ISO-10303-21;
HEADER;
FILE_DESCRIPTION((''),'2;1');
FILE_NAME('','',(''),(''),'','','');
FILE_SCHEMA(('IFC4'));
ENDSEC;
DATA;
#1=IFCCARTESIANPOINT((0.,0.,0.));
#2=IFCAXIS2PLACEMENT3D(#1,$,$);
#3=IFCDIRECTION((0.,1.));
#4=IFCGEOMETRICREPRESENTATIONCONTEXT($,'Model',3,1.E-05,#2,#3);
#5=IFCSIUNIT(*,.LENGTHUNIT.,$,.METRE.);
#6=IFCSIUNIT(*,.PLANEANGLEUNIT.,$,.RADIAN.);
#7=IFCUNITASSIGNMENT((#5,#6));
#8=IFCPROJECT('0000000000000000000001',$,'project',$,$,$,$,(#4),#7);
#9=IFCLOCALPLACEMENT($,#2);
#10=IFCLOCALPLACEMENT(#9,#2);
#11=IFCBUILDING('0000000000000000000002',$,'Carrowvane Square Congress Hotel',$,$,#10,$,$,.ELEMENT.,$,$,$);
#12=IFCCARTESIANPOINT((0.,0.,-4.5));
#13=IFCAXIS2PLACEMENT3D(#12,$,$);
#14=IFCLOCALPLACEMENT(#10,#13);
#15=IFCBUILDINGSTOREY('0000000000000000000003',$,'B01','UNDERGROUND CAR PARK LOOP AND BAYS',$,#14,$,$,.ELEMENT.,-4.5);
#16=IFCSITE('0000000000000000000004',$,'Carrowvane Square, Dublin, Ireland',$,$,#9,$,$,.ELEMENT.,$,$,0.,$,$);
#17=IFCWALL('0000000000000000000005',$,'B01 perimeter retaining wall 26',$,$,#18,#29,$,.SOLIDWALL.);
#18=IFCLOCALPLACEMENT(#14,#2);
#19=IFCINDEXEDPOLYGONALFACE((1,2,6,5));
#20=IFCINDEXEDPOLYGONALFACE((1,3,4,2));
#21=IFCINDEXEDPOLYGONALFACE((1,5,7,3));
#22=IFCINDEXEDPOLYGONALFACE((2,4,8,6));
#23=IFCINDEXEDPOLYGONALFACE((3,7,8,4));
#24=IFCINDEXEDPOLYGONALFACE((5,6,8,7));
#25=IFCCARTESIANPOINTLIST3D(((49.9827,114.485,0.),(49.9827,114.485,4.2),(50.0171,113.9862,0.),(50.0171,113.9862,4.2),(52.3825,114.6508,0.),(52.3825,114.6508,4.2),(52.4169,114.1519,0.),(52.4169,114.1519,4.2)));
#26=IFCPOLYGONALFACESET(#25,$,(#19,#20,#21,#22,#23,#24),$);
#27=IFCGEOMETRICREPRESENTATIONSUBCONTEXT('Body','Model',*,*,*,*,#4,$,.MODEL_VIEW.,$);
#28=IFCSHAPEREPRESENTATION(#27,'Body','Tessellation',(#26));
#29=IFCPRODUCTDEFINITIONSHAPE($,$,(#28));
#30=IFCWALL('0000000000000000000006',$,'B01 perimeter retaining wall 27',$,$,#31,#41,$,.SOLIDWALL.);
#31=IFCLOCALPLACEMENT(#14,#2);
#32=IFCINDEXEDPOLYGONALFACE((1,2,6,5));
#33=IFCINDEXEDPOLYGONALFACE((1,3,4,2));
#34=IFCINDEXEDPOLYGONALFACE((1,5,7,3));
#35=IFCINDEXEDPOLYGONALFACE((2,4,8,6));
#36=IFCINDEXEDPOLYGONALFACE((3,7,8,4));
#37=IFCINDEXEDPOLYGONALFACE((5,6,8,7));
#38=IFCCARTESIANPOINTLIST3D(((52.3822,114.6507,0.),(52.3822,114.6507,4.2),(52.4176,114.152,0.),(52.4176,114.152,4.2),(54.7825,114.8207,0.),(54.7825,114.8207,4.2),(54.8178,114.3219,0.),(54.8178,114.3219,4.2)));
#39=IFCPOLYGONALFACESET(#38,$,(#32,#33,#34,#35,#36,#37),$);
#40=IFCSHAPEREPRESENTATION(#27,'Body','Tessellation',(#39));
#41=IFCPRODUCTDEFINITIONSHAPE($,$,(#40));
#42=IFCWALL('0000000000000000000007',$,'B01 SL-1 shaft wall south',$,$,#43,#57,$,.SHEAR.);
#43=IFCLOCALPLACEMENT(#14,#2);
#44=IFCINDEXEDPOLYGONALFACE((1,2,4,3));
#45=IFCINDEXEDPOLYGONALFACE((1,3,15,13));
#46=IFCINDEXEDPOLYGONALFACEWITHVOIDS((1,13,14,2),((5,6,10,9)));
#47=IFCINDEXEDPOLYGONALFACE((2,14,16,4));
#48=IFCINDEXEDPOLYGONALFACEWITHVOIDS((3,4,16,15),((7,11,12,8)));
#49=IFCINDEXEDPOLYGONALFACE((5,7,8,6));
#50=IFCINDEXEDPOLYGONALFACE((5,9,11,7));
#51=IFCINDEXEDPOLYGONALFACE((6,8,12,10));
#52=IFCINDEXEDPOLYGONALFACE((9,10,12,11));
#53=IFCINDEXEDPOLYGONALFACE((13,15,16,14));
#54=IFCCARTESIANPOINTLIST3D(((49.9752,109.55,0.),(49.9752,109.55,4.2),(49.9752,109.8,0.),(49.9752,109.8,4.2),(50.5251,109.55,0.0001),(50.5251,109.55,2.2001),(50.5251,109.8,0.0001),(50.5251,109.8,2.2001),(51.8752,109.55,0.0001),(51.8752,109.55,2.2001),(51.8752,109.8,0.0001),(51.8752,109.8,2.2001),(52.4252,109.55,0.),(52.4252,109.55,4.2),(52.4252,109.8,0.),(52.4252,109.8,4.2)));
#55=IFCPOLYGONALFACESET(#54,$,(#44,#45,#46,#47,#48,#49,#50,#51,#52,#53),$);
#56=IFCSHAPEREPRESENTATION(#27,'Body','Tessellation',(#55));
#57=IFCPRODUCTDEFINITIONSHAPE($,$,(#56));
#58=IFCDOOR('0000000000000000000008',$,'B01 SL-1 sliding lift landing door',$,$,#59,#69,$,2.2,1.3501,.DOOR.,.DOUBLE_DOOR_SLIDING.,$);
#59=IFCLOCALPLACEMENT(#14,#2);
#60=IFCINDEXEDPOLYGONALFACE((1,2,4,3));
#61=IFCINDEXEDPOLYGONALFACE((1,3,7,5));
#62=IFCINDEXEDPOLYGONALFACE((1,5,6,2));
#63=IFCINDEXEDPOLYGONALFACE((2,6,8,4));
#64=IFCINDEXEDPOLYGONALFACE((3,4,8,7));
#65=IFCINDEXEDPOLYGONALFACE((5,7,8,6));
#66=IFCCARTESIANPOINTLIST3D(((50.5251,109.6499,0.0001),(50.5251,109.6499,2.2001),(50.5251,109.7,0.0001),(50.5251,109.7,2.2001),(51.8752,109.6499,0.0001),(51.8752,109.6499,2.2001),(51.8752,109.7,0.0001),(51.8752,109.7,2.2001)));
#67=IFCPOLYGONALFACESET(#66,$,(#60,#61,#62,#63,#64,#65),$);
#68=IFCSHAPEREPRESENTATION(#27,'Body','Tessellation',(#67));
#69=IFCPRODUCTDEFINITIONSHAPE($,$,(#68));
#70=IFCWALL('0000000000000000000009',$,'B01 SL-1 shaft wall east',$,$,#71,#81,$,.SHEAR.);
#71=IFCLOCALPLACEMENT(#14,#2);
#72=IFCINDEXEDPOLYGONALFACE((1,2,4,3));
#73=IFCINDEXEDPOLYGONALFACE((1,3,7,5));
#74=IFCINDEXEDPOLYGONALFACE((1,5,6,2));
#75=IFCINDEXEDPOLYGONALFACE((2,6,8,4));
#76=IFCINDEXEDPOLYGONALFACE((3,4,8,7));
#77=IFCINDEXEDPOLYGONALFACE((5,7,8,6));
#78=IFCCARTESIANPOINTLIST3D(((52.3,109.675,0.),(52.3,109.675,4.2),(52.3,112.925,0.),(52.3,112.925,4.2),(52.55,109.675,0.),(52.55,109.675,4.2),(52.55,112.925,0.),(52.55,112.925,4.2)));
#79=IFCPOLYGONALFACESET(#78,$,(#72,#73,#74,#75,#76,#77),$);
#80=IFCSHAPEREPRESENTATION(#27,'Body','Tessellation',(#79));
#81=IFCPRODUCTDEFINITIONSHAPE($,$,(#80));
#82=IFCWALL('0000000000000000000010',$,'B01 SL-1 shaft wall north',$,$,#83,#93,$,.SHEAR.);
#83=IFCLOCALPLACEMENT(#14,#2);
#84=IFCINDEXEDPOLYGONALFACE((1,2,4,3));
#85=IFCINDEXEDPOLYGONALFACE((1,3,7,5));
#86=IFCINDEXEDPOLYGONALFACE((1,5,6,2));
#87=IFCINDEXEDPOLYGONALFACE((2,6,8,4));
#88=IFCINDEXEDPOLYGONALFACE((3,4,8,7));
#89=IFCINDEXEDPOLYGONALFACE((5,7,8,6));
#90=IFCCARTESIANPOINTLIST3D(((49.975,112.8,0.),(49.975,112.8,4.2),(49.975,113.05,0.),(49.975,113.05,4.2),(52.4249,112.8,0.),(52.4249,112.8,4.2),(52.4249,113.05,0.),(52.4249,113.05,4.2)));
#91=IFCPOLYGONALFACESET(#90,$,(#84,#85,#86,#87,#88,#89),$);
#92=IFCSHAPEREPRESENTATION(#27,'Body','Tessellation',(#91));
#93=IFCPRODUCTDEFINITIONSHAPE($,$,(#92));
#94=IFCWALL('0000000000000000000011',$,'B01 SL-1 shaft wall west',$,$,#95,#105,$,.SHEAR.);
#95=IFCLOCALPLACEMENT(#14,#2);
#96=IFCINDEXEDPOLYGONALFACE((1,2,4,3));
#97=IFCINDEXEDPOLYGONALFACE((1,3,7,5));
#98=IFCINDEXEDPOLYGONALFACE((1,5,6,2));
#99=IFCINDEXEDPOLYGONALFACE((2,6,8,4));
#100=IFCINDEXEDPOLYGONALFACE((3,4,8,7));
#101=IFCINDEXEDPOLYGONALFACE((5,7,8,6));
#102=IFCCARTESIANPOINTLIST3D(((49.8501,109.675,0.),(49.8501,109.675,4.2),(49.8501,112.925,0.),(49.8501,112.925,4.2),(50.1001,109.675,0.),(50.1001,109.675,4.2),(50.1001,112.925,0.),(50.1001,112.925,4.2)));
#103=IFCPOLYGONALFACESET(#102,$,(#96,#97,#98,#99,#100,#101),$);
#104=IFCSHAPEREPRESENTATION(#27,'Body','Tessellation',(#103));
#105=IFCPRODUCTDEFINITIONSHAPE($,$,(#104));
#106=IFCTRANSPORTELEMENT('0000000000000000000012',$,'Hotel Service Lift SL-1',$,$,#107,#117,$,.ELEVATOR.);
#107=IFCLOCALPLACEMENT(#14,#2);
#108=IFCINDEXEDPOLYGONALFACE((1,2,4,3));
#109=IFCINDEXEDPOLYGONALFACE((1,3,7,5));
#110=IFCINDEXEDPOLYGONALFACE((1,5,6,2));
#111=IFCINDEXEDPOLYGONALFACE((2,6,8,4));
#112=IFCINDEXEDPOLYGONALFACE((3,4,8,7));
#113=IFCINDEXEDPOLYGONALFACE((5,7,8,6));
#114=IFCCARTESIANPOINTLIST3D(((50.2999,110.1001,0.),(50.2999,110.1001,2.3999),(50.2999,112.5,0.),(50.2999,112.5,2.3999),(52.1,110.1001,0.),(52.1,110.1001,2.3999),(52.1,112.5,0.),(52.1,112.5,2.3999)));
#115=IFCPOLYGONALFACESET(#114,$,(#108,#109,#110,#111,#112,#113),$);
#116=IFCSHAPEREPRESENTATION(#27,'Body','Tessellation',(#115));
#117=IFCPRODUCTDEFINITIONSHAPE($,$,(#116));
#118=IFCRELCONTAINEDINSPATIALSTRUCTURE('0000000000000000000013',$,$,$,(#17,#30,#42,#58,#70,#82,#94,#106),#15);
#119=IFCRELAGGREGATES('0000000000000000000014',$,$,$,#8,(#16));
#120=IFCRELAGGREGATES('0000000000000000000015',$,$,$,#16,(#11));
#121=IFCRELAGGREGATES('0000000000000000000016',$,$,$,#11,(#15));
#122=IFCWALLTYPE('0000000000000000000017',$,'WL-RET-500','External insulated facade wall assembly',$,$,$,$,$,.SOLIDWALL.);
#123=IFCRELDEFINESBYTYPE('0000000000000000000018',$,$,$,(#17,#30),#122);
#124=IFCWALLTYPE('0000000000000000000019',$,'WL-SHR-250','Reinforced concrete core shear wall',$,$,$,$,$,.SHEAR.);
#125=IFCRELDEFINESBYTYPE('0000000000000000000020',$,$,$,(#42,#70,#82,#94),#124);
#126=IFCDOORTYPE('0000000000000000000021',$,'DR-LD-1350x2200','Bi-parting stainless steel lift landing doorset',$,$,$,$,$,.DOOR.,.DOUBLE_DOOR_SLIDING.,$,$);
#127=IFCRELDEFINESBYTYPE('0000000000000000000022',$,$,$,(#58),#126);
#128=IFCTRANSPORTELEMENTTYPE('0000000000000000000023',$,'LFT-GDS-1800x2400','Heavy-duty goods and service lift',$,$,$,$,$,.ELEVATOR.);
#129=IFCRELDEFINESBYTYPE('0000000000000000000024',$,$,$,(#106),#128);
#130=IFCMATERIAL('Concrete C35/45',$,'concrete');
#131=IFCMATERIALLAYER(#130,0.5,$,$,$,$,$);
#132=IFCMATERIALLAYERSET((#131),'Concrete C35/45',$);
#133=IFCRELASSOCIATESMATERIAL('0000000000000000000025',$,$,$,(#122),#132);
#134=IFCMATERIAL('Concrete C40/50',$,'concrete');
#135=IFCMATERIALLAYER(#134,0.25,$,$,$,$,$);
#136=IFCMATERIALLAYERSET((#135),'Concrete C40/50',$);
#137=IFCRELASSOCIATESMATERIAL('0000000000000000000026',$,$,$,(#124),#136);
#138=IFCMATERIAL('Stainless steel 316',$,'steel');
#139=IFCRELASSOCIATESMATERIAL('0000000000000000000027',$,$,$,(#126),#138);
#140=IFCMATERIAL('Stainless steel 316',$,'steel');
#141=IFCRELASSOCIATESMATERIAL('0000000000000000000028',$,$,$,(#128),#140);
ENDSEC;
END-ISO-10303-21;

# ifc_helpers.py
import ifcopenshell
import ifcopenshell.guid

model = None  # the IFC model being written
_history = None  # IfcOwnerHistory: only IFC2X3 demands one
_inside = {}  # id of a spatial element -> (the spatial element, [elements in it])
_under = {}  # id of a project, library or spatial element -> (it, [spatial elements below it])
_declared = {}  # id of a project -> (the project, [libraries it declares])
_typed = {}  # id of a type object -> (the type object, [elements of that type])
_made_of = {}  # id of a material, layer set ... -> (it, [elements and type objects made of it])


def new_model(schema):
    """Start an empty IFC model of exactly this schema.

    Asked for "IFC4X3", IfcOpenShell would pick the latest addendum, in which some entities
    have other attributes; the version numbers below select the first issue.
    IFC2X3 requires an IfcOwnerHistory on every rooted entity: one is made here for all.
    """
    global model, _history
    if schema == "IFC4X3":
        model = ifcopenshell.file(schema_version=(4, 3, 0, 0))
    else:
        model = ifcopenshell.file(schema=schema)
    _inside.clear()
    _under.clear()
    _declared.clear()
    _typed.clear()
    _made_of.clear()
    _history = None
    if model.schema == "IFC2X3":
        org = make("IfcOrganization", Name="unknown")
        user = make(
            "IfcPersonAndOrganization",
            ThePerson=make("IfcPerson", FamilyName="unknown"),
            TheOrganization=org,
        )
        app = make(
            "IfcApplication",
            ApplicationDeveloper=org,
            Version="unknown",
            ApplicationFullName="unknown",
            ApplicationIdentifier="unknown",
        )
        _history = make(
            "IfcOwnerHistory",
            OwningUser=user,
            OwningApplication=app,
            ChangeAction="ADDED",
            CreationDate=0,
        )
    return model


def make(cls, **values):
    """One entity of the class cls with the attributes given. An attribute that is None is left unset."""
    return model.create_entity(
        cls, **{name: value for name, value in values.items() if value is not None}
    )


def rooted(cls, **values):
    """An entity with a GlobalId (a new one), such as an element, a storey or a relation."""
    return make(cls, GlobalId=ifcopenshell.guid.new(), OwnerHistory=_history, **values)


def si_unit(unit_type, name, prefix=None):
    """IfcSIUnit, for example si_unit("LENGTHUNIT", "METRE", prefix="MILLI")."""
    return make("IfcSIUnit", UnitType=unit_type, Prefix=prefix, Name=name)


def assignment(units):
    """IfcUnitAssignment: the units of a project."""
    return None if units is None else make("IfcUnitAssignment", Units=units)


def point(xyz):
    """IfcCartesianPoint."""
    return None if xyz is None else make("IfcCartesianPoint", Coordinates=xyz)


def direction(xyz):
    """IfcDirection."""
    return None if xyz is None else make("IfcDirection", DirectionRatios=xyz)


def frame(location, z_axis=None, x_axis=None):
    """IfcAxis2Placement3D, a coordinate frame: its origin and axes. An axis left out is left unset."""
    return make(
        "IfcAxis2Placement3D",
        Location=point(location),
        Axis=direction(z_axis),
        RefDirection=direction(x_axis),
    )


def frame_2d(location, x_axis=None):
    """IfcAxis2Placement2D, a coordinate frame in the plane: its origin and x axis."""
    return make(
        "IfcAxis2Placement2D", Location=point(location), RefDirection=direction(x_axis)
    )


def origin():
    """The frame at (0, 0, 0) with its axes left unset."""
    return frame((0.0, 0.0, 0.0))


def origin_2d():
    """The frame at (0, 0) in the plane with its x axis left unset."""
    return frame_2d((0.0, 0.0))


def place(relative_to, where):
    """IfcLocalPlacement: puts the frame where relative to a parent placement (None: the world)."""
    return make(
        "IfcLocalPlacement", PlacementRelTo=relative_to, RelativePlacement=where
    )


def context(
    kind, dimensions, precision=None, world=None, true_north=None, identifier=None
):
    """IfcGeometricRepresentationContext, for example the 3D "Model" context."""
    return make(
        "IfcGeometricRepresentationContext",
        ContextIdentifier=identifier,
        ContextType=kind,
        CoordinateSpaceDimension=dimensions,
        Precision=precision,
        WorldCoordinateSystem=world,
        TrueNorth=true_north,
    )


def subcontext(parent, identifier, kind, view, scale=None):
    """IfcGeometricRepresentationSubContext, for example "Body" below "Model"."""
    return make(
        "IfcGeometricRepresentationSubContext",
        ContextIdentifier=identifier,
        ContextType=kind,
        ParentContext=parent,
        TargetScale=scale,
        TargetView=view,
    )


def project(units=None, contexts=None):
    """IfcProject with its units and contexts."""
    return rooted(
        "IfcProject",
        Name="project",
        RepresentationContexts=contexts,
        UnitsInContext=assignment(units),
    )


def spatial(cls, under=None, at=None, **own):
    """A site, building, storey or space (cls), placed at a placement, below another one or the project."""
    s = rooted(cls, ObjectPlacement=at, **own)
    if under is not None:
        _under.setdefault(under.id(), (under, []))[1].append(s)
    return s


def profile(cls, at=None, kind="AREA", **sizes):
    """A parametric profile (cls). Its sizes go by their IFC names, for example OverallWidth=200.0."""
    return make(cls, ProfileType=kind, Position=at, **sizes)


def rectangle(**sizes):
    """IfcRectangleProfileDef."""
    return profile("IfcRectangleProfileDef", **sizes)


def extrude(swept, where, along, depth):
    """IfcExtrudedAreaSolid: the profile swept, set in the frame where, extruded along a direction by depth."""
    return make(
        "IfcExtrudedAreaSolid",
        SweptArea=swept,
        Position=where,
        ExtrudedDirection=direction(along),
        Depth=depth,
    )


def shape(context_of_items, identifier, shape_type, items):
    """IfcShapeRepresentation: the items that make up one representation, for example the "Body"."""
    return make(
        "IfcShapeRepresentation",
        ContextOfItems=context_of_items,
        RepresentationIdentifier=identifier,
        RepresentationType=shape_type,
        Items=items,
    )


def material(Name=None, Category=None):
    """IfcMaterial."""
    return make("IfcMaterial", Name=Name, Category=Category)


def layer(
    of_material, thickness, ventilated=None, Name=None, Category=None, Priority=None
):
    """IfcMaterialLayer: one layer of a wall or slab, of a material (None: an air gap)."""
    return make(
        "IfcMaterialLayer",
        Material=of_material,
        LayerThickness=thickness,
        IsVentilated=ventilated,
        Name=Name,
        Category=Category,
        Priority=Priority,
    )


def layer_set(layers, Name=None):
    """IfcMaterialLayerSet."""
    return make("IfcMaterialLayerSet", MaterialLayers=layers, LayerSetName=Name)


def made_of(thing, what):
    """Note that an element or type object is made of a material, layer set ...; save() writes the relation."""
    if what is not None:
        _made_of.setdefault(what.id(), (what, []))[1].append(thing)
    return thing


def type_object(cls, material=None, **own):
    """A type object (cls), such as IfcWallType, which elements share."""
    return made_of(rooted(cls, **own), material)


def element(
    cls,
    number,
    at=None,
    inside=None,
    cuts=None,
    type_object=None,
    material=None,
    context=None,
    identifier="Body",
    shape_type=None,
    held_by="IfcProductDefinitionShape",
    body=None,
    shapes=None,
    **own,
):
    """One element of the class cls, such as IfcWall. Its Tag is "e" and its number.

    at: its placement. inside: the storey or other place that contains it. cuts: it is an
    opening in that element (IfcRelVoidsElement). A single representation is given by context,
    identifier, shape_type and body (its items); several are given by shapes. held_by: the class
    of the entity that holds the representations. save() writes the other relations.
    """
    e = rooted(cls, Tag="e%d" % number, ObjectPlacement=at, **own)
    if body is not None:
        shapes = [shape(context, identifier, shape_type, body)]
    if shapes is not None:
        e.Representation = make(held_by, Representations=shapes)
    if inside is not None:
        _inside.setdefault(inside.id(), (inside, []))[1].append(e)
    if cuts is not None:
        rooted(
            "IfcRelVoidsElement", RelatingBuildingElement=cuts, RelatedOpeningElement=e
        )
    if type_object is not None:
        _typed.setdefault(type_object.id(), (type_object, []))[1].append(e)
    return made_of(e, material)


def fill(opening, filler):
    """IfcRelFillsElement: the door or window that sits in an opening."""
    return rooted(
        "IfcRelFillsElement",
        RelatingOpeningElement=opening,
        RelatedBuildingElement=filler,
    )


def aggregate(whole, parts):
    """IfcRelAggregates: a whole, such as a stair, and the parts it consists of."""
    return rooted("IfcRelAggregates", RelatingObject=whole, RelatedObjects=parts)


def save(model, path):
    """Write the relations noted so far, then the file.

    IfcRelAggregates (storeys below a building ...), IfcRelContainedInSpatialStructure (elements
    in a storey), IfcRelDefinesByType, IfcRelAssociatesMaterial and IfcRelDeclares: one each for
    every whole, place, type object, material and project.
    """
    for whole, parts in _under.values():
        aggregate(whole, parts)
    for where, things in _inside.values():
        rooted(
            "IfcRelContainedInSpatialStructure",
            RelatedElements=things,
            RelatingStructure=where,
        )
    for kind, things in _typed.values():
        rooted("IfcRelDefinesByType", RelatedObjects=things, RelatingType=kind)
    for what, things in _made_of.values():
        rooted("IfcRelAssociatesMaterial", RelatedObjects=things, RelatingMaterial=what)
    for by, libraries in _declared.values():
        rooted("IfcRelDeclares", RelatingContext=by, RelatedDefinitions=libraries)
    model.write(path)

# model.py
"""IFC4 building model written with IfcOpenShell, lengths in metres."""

from ifc_helpers import new_model, si_unit, direction, frame, frame_2d, origin, origin_2d, place, context, subcontext, project, spatial, rectangle, extrude, material, layer, layer_set, type_object, element, fill, save


model = new_model("IFC4")

# Units and contexts
model_context = context("Model", 3, precision=1e-05, world=origin(), true_north=direction((0.0, 1.0)))
body_context = subcontext(model_context, "Body", "Model", "MODEL_VIEW")
ifc_project = project(units=[si_unit("LENGTHUNIT", "METRE"), si_unit("PLANEANGLEUNIT", "RADIAN")], contexts=[model_context])

# Site, building, storey
site_placement = place(None, origin())
site = spatial("IfcSite", under=ifc_project, at=site_placement, Name="Carrowvane Square, Dublin, Ireland", CompositionType="ELEMENT", RefElevation=0.0)
building_placement = place(site_placement, origin())
building = spatial("IfcBuilding", under=site, at=building_placement, Name="Carrowvane Square Congress Hotel", CompositionType="ELEMENT")
storey_placement = place(building_placement, frame((0.0, 0.0, -4.5)))
storey = spatial("IfcBuildingStorey", under=building, at=storey_placement, Name="B01", Description="UNDERGROUND CAR PARK LOOP AND BAYS", CompositionType="ELEMENT", Elevation=-4.5)

# Walls
ifc_material_1 = material(Name="Concrete C35/45", Category="concrete")
ifc_layer_1 = layer(ifc_material_1, 0.5)
ifc_layer_set_1 = layer_set([ifc_layer_1], Name="Concrete C35/45")
wall_type_1 = type_object("IfcWallType", Name="WL-RET-500", Description="External insulated facade wall assembly", PredefinedType="SOLIDWALL", material=ifc_layer_set_1)
wall_1_placement = place(storey_placement, frame((50.0, 114.2356, 0.0), z_axis=(0.0, 0.0, 1.0), x_axis=(0.997623, 0.06891, 0.0)))
element("IfcWall", 1, at=wall_1_placement, inside=storey, type_object=wall_type_1, Name="B01 perimeter retaining wall 26", PredefinedType="SOLIDWALL", context=body_context, shape_type="SweptSolid", body=[
    extrude(rectangle(XDim=2.4055, YDim=0.5, at=frame_2d((1.2026, 0.0))), origin(), (0.0, 0.0, 1.0), 4.2),
])
wall_2_placement = place(storey_placement, frame((52.3999, 114.4014, 0.0), z_axis=(0.0, 0.0, 1.0), x_axis=(0.997503, 0.07062, 0.0)))
element("IfcWall", 2, at=wall_2_placement, inside=storey, type_object=wall_type_1, Name="B01 perimeter retaining wall 27", PredefinedType="SOLIDWALL", context=body_context, shape_type="SweptSolid", body=[
    extrude(rectangle(XDim=2.4062, YDim=0.5, at=frame_2d((1.2031, 0.0))), origin(), (0.0, 0.0, 1.0), 4.2),
])

# Wall, opening, door
ifc_material_2 = material(Name="Concrete C40/50", Category="concrete")
ifc_layer_2 = layer(ifc_material_2, 0.25)
ifc_layer_set_2 = layer_set([ifc_layer_2], Name="Concrete C40/50")
wall_type_2 = type_object("IfcWallType", Name="WL-SHR-250", Description="Reinforced concrete core shear wall", PredefinedType="SHEAR", material=ifc_layer_set_2)
wall_3_placement = place(storey_placement, frame((49.9751, 109.675, 0.0), z_axis=(0.0, 0.0, 1.0), x_axis=(1.0, 0.0, 0.0)))
wall_3 = element("IfcWall", 3, at=wall_3_placement, inside=storey, type_object=wall_type_2, Name="B01 SL-1 shaft wall south", PredefinedType="SHEAR", context=body_context, shape_type="SweptSolid", body=[
    extrude(rectangle(XDim=2.45, YDim=0.25, at=frame_2d((1.2251, 0.0))), origin(), (0.0, 0.0, 1.0), 4.2),
])
opening_placement = place(wall_3_placement, frame((0.55, 0.0, 0.0)))
opening = element("IfcOpeningElement", 4, at=opening_placement, cuts=wall_3, PredefinedType="OPENING", context=body_context, shape_type="SweptSolid", body=[
    extrude(rectangle(XDim=1.3501, YDim=2.2, at=frame_2d((0.675, 1.1001))), frame((0.0, 0.135, 0.0), z_axis=(0.0, -1.0, 0.0), x_axis=(1.0, 0.0, 0.0)), (0.0, 0.0, 1.0), 0.27),
])
ifc_material_3 = material(Name="Stainless steel 316", Category="steel")
door_type = type_object("IfcDoorType", Name="DR-LD-1350x2200", Description="Bi-parting stainless steel lift landing doorset", OperationType="DOUBLE_DOOR_SLIDING", PredefinedType="DOOR", material=ifc_material_3)
door_placement = place(opening_placement, origin())
door = element("IfcDoor", 5, at=door_placement, inside=storey, type_object=door_type, Name="B01 SL-1 sliding lift landing door", OperationType="DOUBLE_DOOR_SLIDING", OverallHeight=2.2, OverallWidth=1.3501, PredefinedType="DOOR", context=body_context, shape_type="SweptSolid", body=[
    extrude(rectangle(XDim=1.3501, YDim=2.2, at=frame_2d((0.675, 1.1001))), frame((0.0, 0.0249, 0.0), z_axis=(0.0, -1.0, 0.0), x_axis=(1.0, 0.0, 0.0)), (0.0, 0.0, 1.0), 0.05),
])
fill(opening, door)

# Walls
wall_4_placement = place(storey_placement, frame((52.425, 109.675, 0.0), z_axis=(0.0, 0.0, 1.0), x_axis=(0.0, 1.0, 0.0)))
element("IfcWall", 6, at=wall_4_placement, inside=storey, type_object=wall_type_2, Name="B01 SL-1 shaft wall east", PredefinedType="SHEAR", context=body_context, shape_type="SweptSolid", body=[
    extrude(rectangle(XDim=3.25, YDim=0.25, at=frame_2d((1.625, 0.0))), origin(), (0.0, 0.0, 1.0), 4.2),
])
wall_5_placement = place(storey_placement, frame((52.425, 112.925, 0.0), z_axis=(0.0, 0.0, 1.0), x_axis=(-1.0, 0.0, 0.0)))
element("IfcWall", 7, at=wall_5_placement, inside=storey, type_object=wall_type_2, Name="B01 SL-1 shaft wall north", PredefinedType="SHEAR", context=body_context, shape_type="SweptSolid", body=[
    extrude(rectangle(XDim=2.45, YDim=0.25, at=frame_2d((1.2251, 0.0))), origin(), (0.0, 0.0, 1.0), 4.2),
])
wall_6_placement = place(storey_placement, frame((49.9751, 112.925, 0.0), z_axis=(0.0, 0.0, 1.0), x_axis=(0.0, -1.0, 0.0)))
element("IfcWall", 8, at=wall_6_placement, inside=storey, type_object=wall_type_2, Name="B01 SL-1 shaft wall west", PredefinedType="SHEAR", context=body_context, shape_type="SweptSolid", body=[
    extrude(rectangle(XDim=3.25, YDim=0.25, at=frame_2d((1.625, 0.0))), origin(), (0.0, 0.0, 1.0), 4.2),
])

# Transport element
ifc_material_4 = material(Name="Stainless steel 316", Category="steel")
transport_element_type = type_object("IfcTransportElementType", Name="LFT-GDS-1800x2400", Description="Heavy-duty goods and service lift", PredefinedType="ELEVATOR", material=ifc_material_4)
transport_element_placement = place(storey_placement, frame((51.2, 111.3, 0.0), z_axis=(0.0, 0.0, 1.0), x_axis=(1.0, 0.0, 0.0)))
element("IfcTransportElement", 9, at=transport_element_placement, inside=storey, type_object=transport_element_type, Name="Hotel Service Lift SL-1", PredefinedType="ELEVATOR", context=body_context, shape_type="SweptSolid", body=[
    extrude(rectangle(XDim=1.8, YDim=2.3999, at=origin_2d()), origin(), (0.0, 0.0, 1.0), 2.3999),
])

save(model, "model.ifc")
